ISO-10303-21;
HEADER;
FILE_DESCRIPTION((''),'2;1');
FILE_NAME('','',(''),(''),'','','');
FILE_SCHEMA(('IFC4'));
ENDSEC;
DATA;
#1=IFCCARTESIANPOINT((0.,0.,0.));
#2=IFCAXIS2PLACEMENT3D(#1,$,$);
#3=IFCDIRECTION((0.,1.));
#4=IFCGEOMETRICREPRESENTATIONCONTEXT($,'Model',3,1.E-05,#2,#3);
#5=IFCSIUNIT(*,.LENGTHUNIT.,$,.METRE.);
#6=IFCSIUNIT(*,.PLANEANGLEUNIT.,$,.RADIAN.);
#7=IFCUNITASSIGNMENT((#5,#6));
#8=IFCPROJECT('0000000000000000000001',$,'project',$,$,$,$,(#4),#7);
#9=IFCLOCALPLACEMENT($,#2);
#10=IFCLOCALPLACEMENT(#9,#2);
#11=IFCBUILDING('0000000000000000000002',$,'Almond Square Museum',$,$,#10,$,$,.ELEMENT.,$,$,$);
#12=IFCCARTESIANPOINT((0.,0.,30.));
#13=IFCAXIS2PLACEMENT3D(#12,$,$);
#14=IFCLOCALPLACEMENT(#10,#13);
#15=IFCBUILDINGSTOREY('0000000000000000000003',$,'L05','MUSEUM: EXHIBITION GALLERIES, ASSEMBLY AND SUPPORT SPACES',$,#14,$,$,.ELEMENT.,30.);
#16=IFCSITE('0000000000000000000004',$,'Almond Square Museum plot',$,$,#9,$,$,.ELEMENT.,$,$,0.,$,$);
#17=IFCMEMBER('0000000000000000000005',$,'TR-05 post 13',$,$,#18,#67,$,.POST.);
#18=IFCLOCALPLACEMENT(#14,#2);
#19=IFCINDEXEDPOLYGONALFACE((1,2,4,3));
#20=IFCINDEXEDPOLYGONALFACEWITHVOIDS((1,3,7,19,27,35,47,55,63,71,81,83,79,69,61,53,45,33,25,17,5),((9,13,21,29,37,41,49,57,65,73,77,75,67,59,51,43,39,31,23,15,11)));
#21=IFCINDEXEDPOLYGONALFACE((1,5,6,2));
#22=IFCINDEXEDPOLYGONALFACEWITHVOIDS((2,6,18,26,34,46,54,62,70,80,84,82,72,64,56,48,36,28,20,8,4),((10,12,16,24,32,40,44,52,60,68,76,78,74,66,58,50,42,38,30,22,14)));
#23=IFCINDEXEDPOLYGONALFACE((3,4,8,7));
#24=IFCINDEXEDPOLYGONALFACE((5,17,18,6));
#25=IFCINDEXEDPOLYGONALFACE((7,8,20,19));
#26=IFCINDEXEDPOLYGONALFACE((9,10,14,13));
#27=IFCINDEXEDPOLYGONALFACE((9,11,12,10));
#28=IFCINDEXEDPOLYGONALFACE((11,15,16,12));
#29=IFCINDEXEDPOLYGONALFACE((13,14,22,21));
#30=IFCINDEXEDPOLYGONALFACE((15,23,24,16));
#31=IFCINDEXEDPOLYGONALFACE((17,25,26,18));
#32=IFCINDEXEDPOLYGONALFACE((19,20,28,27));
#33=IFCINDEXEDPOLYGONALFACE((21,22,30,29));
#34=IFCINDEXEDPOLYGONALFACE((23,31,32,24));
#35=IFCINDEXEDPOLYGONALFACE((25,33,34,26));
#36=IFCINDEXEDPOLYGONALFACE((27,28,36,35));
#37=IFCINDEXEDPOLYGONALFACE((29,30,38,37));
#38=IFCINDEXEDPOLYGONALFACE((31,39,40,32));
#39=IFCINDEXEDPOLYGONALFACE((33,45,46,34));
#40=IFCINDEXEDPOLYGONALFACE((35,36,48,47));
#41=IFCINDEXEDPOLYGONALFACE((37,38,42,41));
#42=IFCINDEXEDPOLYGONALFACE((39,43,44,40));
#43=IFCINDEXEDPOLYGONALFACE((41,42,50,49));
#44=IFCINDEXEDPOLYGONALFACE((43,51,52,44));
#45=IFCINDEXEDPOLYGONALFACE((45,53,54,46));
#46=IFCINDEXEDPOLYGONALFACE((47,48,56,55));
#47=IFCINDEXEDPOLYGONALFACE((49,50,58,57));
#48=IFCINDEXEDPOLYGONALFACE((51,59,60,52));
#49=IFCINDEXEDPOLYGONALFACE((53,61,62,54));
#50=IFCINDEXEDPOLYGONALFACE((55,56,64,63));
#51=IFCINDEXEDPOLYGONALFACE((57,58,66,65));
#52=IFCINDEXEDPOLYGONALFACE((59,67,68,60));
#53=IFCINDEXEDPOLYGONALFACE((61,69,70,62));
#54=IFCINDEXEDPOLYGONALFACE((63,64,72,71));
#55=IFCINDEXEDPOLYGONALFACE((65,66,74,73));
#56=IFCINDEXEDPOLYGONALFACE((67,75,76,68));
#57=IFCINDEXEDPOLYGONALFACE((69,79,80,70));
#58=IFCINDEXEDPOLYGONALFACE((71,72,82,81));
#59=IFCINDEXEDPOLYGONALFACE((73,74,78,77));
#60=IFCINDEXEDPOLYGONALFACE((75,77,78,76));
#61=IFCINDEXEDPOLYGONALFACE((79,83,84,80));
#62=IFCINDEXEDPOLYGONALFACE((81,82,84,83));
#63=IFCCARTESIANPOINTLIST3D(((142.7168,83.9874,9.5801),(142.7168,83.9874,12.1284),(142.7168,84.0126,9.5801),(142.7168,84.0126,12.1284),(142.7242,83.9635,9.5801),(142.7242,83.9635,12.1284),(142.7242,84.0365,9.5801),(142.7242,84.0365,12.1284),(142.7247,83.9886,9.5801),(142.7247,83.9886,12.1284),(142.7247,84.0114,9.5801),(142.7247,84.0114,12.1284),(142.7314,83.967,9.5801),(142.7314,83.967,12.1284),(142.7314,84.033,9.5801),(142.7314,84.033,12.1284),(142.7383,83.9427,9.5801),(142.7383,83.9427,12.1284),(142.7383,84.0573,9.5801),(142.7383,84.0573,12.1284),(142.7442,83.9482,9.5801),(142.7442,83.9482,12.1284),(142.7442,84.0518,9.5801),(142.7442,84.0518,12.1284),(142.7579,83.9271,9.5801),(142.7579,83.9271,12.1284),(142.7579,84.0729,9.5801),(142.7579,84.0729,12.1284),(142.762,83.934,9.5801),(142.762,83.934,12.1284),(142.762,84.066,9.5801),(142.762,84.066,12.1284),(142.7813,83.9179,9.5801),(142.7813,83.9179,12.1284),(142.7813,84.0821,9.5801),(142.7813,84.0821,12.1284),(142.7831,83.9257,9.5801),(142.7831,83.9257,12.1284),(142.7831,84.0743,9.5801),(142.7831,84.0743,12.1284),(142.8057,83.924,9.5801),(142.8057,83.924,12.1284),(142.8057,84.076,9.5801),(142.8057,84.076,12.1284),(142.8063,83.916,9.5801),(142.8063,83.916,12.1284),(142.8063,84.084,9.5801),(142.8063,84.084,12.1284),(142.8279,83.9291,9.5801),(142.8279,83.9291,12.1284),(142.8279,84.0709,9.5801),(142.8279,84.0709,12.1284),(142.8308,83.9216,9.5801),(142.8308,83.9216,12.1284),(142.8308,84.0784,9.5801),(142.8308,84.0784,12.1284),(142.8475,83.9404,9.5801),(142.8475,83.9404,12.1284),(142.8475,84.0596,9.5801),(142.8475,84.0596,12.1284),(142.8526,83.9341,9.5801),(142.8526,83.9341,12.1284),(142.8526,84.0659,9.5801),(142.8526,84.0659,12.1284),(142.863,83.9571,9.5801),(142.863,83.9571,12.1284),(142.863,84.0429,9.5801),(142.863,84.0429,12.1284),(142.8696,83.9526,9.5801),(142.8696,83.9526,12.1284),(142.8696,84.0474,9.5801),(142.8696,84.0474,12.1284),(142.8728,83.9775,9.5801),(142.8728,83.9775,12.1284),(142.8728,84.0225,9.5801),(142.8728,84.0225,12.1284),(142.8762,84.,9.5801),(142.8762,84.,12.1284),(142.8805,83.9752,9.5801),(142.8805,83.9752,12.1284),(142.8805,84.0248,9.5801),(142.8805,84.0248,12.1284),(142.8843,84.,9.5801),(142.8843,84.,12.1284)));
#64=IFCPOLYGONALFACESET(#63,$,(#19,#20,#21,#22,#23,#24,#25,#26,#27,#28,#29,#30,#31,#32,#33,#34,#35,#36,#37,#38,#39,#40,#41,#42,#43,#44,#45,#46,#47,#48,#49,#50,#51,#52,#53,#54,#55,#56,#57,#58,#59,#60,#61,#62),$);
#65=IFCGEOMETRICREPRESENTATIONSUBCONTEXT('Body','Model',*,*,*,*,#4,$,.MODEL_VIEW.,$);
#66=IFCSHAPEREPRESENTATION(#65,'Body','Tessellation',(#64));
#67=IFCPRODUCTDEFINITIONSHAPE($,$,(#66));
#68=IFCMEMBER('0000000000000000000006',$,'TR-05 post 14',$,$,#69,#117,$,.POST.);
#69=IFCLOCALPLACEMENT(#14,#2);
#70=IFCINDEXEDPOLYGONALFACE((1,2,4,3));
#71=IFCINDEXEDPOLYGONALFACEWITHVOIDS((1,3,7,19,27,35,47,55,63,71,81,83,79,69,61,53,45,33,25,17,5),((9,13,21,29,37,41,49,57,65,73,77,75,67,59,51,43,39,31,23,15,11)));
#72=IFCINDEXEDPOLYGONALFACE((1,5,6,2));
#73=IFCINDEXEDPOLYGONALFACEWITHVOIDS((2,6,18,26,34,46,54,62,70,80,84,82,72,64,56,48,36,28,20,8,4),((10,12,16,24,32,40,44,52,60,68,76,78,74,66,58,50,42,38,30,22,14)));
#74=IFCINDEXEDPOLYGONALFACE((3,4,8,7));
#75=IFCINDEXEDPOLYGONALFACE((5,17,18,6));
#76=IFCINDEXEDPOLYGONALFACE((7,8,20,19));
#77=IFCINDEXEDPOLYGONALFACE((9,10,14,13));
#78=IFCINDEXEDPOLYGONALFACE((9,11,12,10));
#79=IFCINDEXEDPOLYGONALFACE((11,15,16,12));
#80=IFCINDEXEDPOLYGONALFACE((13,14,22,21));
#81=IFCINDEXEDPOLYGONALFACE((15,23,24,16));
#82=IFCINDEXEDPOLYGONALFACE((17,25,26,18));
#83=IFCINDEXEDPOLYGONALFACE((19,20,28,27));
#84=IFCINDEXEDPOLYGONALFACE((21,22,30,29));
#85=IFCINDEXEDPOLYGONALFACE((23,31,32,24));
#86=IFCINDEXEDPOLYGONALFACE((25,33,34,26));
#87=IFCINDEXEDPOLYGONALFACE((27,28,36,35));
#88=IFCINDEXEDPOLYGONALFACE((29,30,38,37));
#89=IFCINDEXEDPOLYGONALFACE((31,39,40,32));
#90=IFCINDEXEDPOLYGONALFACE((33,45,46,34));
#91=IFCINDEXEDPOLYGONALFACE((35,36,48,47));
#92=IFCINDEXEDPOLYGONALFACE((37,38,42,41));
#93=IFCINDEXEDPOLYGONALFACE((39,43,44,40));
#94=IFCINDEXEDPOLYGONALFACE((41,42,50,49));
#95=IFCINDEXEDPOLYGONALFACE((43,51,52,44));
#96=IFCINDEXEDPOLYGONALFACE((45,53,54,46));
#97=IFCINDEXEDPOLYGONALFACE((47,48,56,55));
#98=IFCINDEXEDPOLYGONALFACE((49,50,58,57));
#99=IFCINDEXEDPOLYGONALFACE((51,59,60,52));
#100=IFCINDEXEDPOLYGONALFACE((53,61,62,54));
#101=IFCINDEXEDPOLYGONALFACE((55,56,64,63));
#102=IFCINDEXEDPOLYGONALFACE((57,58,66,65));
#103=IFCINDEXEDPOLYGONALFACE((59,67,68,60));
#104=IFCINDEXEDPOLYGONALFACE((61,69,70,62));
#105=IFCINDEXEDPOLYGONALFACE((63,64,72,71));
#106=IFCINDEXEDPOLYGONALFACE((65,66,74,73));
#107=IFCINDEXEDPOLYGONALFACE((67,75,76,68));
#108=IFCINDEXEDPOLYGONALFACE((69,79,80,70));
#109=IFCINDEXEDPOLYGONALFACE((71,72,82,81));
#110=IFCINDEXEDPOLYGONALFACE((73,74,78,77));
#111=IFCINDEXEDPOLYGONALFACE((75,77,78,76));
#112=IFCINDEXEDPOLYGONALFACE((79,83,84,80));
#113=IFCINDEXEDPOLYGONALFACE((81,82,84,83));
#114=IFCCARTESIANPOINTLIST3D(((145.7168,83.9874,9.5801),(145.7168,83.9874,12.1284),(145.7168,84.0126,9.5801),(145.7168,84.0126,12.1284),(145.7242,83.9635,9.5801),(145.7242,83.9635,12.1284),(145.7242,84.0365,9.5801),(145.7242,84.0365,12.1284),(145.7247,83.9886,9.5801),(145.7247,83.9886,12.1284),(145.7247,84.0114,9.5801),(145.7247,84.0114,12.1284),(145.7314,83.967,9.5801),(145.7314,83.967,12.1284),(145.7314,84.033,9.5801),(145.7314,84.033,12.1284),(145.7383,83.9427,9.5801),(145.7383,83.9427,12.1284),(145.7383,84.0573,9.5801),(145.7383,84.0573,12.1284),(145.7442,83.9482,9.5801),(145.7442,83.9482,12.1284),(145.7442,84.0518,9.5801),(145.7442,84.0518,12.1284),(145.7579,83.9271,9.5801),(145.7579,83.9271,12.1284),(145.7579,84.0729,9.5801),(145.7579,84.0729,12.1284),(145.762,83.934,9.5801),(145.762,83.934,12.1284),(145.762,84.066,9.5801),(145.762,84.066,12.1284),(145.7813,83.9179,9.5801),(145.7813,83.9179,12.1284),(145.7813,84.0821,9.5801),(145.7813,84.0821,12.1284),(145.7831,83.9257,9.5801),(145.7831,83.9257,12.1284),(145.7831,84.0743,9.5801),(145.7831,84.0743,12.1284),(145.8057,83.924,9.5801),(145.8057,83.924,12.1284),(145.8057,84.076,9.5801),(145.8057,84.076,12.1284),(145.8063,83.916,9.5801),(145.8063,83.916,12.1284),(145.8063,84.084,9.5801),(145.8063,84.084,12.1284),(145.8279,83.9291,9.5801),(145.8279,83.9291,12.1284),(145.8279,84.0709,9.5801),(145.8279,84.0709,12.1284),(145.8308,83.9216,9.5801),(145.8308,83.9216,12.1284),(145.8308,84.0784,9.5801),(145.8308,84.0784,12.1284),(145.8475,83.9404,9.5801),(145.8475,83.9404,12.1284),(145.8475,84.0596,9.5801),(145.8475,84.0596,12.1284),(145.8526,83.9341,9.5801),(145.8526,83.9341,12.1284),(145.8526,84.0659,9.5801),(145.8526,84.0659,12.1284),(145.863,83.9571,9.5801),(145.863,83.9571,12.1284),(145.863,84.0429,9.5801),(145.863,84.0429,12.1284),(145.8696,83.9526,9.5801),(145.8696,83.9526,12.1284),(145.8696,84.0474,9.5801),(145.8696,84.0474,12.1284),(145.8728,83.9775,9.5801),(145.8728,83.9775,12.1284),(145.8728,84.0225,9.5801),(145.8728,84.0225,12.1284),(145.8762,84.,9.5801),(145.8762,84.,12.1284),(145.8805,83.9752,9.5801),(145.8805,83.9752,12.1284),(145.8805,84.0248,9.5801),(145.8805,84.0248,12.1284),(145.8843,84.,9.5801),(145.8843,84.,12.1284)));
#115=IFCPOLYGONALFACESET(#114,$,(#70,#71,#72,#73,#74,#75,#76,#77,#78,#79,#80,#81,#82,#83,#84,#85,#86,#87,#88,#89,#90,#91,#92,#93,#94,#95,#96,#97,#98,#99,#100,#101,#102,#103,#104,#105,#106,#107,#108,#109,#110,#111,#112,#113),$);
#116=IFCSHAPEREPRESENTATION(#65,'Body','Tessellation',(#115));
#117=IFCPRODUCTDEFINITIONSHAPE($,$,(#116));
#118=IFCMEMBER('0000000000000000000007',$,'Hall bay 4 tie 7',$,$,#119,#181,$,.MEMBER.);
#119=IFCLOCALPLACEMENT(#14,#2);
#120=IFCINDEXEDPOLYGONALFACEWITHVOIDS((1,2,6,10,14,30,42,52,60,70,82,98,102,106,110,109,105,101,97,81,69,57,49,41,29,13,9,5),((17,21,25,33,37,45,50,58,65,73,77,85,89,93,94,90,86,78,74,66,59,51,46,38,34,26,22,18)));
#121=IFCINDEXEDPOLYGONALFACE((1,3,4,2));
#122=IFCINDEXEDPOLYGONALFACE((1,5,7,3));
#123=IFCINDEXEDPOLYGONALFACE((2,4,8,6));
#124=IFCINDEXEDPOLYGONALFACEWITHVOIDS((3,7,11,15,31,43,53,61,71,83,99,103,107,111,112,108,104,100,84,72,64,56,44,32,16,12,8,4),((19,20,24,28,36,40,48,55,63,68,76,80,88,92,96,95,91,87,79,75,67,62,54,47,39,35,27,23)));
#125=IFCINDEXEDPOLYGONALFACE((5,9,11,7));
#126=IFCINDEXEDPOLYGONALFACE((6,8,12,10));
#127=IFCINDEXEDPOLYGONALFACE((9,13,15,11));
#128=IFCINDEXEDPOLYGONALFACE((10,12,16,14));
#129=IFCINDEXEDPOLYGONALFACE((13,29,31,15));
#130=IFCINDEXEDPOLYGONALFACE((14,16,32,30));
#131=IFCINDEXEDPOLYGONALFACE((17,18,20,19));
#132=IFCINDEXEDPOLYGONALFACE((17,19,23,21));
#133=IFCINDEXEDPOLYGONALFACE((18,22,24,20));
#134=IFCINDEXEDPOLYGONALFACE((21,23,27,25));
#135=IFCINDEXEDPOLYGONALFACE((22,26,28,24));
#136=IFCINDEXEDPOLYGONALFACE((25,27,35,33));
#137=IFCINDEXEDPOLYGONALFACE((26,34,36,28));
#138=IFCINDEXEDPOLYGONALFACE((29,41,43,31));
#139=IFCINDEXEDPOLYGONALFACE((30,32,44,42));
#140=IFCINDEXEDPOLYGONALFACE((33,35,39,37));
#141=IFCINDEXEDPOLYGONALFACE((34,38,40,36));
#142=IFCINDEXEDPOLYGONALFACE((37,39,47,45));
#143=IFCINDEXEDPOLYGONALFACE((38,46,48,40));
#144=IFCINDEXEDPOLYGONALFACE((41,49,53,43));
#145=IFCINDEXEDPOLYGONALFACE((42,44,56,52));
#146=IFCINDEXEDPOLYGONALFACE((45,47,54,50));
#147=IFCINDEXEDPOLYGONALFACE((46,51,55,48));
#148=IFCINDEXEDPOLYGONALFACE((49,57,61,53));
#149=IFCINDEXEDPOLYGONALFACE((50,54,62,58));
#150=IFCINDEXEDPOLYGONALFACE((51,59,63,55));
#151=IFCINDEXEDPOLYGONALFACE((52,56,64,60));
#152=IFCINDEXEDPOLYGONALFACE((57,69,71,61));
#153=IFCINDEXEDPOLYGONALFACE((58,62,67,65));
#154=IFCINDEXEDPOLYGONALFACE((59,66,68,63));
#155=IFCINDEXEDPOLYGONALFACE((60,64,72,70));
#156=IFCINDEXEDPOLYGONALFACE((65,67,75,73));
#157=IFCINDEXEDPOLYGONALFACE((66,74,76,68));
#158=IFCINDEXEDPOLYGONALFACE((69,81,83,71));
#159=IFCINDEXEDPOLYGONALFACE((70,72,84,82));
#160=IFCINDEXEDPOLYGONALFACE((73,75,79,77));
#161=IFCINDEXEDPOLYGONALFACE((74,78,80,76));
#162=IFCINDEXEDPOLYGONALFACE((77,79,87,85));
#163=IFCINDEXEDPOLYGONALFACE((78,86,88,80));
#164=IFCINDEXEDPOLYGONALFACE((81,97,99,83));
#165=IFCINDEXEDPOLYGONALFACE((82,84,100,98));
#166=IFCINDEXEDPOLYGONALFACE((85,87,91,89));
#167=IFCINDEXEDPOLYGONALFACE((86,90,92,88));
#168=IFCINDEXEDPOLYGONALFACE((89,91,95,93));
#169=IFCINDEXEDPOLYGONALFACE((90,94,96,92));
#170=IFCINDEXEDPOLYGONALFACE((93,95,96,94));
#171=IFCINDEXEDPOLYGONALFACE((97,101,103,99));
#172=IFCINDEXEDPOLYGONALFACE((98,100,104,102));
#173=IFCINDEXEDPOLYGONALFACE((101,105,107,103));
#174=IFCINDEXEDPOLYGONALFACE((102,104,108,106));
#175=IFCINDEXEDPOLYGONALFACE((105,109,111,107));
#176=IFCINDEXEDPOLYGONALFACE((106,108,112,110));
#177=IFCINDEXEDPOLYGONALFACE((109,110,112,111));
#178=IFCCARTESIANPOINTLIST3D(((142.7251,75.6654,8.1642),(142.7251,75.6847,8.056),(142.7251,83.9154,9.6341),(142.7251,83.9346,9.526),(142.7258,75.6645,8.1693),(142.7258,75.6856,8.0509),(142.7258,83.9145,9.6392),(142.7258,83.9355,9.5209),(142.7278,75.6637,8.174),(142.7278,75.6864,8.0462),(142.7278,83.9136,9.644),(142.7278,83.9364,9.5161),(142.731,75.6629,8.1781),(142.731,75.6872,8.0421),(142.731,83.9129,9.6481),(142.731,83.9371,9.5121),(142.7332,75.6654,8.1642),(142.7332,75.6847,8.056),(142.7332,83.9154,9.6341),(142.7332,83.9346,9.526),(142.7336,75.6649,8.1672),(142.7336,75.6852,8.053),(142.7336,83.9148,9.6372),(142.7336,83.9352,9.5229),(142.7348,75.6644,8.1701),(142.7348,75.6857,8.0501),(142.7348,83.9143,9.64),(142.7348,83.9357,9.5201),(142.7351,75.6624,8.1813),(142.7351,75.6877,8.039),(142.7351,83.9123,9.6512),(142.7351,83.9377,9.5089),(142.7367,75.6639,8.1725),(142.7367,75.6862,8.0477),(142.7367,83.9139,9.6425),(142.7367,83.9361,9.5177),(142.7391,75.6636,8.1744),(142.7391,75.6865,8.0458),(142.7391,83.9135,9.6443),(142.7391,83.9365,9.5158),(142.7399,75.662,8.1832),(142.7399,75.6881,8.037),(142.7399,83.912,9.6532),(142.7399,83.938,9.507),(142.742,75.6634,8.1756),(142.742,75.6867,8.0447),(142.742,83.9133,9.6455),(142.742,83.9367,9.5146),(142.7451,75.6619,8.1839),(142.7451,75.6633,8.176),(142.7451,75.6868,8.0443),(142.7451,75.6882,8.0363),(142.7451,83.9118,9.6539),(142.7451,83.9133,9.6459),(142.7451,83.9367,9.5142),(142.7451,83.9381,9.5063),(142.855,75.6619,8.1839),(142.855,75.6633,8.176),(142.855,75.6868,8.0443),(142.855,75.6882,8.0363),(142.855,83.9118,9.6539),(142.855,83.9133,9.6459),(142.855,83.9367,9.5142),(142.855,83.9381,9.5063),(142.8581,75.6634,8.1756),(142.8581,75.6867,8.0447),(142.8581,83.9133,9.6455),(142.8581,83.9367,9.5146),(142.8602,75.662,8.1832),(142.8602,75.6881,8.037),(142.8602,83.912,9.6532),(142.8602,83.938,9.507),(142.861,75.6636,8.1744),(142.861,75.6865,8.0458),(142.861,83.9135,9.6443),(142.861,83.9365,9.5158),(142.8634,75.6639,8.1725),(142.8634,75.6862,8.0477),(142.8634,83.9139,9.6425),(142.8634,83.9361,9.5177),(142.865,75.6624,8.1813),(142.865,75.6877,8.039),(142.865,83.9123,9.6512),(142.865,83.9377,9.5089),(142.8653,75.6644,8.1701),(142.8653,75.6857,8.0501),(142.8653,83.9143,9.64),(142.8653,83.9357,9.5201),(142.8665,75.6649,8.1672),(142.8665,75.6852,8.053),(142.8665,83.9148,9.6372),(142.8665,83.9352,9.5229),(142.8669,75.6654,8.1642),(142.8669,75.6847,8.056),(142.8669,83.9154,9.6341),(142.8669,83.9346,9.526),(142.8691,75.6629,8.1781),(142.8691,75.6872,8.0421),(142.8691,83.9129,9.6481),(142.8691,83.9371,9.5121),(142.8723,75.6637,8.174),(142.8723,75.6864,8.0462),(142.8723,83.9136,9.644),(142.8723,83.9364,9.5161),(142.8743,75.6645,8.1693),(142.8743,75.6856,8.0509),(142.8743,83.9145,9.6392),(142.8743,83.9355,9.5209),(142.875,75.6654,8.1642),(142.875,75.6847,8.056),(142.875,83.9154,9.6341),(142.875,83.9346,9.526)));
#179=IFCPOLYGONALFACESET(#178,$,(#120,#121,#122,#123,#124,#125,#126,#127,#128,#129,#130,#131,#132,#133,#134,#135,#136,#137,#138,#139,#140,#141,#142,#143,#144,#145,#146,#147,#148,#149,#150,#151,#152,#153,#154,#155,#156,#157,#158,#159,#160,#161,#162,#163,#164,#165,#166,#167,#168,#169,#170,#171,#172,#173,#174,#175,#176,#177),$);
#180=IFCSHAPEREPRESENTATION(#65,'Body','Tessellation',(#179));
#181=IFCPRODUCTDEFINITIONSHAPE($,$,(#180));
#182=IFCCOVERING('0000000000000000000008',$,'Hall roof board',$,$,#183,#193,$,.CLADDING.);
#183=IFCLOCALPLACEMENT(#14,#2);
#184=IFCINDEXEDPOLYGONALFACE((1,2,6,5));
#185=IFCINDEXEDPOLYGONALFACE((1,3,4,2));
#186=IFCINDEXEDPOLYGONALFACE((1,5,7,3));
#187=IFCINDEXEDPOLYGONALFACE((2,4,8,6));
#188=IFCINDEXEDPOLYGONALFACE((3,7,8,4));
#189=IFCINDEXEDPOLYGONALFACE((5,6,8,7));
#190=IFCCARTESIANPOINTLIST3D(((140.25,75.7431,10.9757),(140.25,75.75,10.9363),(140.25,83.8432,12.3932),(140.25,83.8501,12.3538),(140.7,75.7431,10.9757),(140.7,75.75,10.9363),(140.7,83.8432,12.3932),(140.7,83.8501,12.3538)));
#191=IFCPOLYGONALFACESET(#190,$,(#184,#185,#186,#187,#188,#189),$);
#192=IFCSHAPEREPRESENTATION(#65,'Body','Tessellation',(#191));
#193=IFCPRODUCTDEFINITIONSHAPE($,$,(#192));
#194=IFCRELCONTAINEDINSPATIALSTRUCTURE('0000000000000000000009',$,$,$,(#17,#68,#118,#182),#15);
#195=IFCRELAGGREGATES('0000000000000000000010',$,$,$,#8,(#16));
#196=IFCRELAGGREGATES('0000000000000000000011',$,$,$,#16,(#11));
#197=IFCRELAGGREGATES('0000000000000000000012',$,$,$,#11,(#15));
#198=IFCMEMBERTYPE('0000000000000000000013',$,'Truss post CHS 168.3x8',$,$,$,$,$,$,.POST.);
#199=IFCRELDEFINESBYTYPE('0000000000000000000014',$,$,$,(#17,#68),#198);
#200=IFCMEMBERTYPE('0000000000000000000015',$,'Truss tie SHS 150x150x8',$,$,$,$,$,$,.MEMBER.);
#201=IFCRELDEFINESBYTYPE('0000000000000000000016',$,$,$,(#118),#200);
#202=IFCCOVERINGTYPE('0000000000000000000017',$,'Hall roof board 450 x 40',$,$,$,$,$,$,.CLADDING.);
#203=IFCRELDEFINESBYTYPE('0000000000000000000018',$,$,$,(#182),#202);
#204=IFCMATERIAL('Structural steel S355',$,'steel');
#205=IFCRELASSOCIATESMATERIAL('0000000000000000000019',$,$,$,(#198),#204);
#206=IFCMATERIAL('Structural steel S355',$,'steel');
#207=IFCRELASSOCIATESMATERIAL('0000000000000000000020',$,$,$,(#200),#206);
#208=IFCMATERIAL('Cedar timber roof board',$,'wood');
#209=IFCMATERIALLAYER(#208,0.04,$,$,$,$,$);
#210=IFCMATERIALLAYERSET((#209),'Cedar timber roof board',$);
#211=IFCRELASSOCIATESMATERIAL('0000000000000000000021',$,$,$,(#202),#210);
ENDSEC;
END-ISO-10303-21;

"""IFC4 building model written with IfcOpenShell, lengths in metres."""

from ifc_helpers import new_model, si_unit, direction, frame, origin, origin_2d, place, context, subcontext, project, spatial, polyline, hollow_rectangle, hollow_circle, outline, extrude, material, layer, layer_set, material_profile, profile_set, type_object, element, save


model = new_model("IFC4")

# Units and contexts
model_context = context("Model", 3, precision=1e-05, world=origin(), true_north=direction((0.0, 1.0)))
body_context = subcontext(model_context, "Body", "Model", "MODEL_VIEW")
ifc_project = project(units=[si_unit("LENGTHUNIT", "METRE"), si_unit("PLANEANGLEUNIT", "RADIAN")], contexts=[model_context])

# Site, building, storey
site_placement = place(None, origin())
site = spatial("IfcSite", under=ifc_project, at=site_placement, Name="Almond Square Museum plot", CompositionType="ELEMENT", RefElevation=0.0)
building_placement = place(site_placement, origin())
building = spatial("IfcBuilding", under=site, at=building_placement, Name="Almond Square Museum", CompositionType="ELEMENT")
storey_placement = place(building_placement, frame((0.0, 0.0, 30.0)))
storey = spatial("IfcBuildingStorey", under=building, at=storey_placement, Name="L05", Description="MUSEUM: EXHIBITION GALLERIES, ASSEMBLY AND SUPPORT SPACES", CompositionType="ELEMENT", Elevation=30.0)

# Members
ifc_material_1 = material(Name="Structural steel S355", Category="steel")
ifc_material_profile_1 = material_profile(ifc_material_1, hollow_circle(Radius=0.0842, WallThickness=0.0081, at=origin_2d()))
ifc_profile_set_1 = profile_set([ifc_material_profile_1], Name="Structural steel S355")
member_type_1 = type_object("IfcMemberType", Name="Truss post CHS 168.3x8", PredefinedType="POST", material=ifc_profile_set_1)
for number, where, z_axis, x_axis, name in (
    (1, (142.8, 84.0, 9.5801), (0.0, 0.0, 1.0), (1.0, 0.0, 0.0), "TR-05 post 13"),
    (2, (145.8, 84.0, 9.5801), (0.0, 0.0, 1.0), (1.0, 0.0, 0.0), "TR-05 post 14"),
):
    element("IfcMember", number, at=place(storey_placement, frame(where, z_axis=z_axis, x_axis=x_axis)), inside=storey, type_object=member_type_1, Name=name, PredefinedType="POST", context=body_context, shape_type="SweptSolid", body=[
        extrude(hollow_circle(Radius=0.0842, WallThickness=0.0081, at=origin_2d()), origin(), (0.0, 0.0, 1.0), 2.5483),
    ])
ifc_material_2 = material(Name="Structural steel S355", Category="steel")
ifc_material_profile_2 = material_profile(ifc_material_2, hollow_rectangle(XDim=0.1499, YDim=0.1499, WallThickness=0.0081, InnerFilletRadius=0.012, OuterFilletRadius=0.02, at=origin_2d()))
ifc_profile_set_2 = profile_set([ifc_material_profile_2], Name="Structural steel S355")
member_type_2 = type_object("IfcMemberType", Name="Truss tie SHS 150x150x8", PredefinedType="MEMBER", material=ifc_profile_set_2)
member_1_placement = place(storey_placement, frame((142.8, 75.675, 8.1101), z_axis=(0.0, 0.984494, 0.175416), x_axis=(-1.0, 0.0, 0.0)))
element("IfcMember", 3, at=member_1_placement, inside=storey, type_object=member_type_2, Name="Hall bay 4 tie 7", PredefinedType="MEMBER", context=body_context, shape_type="SweptSolid", body=[
    extrude(hollow_rectangle(XDim=0.1499, YDim=0.1499, WallThickness=0.0081, InnerFilletRadius=0.012, OuterFilletRadius=0.02, at=origin_2d()), origin(), (0.0, 0.0, 1.0), 8.3799),
])

# Covering
ifc_material_3 = material(Name="Cedar timber roof board", Category="wood")
ifc_layer = layer(ifc_material_3, 0.04)
ifc_layer_set = layer_set([ifc_layer], Name="Cedar timber roof board")
covering_type = type_object("IfcCoveringType", Name="Hall roof board 450 x 40", PredefinedType="CLADDING", material=ifc_layer_set)
covering_1_placement = place(storey_placement, frame((140.7, 83.8501, 12.3538), z_axis=(0.0, -0.172376, 0.985031), x_axis=(-1.0, 0.0, 0.0)))
element("IfcCovering", 4, at=covering_1_placement, inside=storey, type_object=covering_type, Name="Hall roof board", PredefinedType="CLADDING", context=body_context, shape_type="SweptSolid", body=[
    extrude(outline(polyline([(0.0, 0.0), (0.45, 0.0), (0.45, 8.2232), (0.0, 8.2232), (0.0, 0.0)])), origin(), (0.0, 0.0, 1.0), 0.04),
])

save(model, "model.ifc")
